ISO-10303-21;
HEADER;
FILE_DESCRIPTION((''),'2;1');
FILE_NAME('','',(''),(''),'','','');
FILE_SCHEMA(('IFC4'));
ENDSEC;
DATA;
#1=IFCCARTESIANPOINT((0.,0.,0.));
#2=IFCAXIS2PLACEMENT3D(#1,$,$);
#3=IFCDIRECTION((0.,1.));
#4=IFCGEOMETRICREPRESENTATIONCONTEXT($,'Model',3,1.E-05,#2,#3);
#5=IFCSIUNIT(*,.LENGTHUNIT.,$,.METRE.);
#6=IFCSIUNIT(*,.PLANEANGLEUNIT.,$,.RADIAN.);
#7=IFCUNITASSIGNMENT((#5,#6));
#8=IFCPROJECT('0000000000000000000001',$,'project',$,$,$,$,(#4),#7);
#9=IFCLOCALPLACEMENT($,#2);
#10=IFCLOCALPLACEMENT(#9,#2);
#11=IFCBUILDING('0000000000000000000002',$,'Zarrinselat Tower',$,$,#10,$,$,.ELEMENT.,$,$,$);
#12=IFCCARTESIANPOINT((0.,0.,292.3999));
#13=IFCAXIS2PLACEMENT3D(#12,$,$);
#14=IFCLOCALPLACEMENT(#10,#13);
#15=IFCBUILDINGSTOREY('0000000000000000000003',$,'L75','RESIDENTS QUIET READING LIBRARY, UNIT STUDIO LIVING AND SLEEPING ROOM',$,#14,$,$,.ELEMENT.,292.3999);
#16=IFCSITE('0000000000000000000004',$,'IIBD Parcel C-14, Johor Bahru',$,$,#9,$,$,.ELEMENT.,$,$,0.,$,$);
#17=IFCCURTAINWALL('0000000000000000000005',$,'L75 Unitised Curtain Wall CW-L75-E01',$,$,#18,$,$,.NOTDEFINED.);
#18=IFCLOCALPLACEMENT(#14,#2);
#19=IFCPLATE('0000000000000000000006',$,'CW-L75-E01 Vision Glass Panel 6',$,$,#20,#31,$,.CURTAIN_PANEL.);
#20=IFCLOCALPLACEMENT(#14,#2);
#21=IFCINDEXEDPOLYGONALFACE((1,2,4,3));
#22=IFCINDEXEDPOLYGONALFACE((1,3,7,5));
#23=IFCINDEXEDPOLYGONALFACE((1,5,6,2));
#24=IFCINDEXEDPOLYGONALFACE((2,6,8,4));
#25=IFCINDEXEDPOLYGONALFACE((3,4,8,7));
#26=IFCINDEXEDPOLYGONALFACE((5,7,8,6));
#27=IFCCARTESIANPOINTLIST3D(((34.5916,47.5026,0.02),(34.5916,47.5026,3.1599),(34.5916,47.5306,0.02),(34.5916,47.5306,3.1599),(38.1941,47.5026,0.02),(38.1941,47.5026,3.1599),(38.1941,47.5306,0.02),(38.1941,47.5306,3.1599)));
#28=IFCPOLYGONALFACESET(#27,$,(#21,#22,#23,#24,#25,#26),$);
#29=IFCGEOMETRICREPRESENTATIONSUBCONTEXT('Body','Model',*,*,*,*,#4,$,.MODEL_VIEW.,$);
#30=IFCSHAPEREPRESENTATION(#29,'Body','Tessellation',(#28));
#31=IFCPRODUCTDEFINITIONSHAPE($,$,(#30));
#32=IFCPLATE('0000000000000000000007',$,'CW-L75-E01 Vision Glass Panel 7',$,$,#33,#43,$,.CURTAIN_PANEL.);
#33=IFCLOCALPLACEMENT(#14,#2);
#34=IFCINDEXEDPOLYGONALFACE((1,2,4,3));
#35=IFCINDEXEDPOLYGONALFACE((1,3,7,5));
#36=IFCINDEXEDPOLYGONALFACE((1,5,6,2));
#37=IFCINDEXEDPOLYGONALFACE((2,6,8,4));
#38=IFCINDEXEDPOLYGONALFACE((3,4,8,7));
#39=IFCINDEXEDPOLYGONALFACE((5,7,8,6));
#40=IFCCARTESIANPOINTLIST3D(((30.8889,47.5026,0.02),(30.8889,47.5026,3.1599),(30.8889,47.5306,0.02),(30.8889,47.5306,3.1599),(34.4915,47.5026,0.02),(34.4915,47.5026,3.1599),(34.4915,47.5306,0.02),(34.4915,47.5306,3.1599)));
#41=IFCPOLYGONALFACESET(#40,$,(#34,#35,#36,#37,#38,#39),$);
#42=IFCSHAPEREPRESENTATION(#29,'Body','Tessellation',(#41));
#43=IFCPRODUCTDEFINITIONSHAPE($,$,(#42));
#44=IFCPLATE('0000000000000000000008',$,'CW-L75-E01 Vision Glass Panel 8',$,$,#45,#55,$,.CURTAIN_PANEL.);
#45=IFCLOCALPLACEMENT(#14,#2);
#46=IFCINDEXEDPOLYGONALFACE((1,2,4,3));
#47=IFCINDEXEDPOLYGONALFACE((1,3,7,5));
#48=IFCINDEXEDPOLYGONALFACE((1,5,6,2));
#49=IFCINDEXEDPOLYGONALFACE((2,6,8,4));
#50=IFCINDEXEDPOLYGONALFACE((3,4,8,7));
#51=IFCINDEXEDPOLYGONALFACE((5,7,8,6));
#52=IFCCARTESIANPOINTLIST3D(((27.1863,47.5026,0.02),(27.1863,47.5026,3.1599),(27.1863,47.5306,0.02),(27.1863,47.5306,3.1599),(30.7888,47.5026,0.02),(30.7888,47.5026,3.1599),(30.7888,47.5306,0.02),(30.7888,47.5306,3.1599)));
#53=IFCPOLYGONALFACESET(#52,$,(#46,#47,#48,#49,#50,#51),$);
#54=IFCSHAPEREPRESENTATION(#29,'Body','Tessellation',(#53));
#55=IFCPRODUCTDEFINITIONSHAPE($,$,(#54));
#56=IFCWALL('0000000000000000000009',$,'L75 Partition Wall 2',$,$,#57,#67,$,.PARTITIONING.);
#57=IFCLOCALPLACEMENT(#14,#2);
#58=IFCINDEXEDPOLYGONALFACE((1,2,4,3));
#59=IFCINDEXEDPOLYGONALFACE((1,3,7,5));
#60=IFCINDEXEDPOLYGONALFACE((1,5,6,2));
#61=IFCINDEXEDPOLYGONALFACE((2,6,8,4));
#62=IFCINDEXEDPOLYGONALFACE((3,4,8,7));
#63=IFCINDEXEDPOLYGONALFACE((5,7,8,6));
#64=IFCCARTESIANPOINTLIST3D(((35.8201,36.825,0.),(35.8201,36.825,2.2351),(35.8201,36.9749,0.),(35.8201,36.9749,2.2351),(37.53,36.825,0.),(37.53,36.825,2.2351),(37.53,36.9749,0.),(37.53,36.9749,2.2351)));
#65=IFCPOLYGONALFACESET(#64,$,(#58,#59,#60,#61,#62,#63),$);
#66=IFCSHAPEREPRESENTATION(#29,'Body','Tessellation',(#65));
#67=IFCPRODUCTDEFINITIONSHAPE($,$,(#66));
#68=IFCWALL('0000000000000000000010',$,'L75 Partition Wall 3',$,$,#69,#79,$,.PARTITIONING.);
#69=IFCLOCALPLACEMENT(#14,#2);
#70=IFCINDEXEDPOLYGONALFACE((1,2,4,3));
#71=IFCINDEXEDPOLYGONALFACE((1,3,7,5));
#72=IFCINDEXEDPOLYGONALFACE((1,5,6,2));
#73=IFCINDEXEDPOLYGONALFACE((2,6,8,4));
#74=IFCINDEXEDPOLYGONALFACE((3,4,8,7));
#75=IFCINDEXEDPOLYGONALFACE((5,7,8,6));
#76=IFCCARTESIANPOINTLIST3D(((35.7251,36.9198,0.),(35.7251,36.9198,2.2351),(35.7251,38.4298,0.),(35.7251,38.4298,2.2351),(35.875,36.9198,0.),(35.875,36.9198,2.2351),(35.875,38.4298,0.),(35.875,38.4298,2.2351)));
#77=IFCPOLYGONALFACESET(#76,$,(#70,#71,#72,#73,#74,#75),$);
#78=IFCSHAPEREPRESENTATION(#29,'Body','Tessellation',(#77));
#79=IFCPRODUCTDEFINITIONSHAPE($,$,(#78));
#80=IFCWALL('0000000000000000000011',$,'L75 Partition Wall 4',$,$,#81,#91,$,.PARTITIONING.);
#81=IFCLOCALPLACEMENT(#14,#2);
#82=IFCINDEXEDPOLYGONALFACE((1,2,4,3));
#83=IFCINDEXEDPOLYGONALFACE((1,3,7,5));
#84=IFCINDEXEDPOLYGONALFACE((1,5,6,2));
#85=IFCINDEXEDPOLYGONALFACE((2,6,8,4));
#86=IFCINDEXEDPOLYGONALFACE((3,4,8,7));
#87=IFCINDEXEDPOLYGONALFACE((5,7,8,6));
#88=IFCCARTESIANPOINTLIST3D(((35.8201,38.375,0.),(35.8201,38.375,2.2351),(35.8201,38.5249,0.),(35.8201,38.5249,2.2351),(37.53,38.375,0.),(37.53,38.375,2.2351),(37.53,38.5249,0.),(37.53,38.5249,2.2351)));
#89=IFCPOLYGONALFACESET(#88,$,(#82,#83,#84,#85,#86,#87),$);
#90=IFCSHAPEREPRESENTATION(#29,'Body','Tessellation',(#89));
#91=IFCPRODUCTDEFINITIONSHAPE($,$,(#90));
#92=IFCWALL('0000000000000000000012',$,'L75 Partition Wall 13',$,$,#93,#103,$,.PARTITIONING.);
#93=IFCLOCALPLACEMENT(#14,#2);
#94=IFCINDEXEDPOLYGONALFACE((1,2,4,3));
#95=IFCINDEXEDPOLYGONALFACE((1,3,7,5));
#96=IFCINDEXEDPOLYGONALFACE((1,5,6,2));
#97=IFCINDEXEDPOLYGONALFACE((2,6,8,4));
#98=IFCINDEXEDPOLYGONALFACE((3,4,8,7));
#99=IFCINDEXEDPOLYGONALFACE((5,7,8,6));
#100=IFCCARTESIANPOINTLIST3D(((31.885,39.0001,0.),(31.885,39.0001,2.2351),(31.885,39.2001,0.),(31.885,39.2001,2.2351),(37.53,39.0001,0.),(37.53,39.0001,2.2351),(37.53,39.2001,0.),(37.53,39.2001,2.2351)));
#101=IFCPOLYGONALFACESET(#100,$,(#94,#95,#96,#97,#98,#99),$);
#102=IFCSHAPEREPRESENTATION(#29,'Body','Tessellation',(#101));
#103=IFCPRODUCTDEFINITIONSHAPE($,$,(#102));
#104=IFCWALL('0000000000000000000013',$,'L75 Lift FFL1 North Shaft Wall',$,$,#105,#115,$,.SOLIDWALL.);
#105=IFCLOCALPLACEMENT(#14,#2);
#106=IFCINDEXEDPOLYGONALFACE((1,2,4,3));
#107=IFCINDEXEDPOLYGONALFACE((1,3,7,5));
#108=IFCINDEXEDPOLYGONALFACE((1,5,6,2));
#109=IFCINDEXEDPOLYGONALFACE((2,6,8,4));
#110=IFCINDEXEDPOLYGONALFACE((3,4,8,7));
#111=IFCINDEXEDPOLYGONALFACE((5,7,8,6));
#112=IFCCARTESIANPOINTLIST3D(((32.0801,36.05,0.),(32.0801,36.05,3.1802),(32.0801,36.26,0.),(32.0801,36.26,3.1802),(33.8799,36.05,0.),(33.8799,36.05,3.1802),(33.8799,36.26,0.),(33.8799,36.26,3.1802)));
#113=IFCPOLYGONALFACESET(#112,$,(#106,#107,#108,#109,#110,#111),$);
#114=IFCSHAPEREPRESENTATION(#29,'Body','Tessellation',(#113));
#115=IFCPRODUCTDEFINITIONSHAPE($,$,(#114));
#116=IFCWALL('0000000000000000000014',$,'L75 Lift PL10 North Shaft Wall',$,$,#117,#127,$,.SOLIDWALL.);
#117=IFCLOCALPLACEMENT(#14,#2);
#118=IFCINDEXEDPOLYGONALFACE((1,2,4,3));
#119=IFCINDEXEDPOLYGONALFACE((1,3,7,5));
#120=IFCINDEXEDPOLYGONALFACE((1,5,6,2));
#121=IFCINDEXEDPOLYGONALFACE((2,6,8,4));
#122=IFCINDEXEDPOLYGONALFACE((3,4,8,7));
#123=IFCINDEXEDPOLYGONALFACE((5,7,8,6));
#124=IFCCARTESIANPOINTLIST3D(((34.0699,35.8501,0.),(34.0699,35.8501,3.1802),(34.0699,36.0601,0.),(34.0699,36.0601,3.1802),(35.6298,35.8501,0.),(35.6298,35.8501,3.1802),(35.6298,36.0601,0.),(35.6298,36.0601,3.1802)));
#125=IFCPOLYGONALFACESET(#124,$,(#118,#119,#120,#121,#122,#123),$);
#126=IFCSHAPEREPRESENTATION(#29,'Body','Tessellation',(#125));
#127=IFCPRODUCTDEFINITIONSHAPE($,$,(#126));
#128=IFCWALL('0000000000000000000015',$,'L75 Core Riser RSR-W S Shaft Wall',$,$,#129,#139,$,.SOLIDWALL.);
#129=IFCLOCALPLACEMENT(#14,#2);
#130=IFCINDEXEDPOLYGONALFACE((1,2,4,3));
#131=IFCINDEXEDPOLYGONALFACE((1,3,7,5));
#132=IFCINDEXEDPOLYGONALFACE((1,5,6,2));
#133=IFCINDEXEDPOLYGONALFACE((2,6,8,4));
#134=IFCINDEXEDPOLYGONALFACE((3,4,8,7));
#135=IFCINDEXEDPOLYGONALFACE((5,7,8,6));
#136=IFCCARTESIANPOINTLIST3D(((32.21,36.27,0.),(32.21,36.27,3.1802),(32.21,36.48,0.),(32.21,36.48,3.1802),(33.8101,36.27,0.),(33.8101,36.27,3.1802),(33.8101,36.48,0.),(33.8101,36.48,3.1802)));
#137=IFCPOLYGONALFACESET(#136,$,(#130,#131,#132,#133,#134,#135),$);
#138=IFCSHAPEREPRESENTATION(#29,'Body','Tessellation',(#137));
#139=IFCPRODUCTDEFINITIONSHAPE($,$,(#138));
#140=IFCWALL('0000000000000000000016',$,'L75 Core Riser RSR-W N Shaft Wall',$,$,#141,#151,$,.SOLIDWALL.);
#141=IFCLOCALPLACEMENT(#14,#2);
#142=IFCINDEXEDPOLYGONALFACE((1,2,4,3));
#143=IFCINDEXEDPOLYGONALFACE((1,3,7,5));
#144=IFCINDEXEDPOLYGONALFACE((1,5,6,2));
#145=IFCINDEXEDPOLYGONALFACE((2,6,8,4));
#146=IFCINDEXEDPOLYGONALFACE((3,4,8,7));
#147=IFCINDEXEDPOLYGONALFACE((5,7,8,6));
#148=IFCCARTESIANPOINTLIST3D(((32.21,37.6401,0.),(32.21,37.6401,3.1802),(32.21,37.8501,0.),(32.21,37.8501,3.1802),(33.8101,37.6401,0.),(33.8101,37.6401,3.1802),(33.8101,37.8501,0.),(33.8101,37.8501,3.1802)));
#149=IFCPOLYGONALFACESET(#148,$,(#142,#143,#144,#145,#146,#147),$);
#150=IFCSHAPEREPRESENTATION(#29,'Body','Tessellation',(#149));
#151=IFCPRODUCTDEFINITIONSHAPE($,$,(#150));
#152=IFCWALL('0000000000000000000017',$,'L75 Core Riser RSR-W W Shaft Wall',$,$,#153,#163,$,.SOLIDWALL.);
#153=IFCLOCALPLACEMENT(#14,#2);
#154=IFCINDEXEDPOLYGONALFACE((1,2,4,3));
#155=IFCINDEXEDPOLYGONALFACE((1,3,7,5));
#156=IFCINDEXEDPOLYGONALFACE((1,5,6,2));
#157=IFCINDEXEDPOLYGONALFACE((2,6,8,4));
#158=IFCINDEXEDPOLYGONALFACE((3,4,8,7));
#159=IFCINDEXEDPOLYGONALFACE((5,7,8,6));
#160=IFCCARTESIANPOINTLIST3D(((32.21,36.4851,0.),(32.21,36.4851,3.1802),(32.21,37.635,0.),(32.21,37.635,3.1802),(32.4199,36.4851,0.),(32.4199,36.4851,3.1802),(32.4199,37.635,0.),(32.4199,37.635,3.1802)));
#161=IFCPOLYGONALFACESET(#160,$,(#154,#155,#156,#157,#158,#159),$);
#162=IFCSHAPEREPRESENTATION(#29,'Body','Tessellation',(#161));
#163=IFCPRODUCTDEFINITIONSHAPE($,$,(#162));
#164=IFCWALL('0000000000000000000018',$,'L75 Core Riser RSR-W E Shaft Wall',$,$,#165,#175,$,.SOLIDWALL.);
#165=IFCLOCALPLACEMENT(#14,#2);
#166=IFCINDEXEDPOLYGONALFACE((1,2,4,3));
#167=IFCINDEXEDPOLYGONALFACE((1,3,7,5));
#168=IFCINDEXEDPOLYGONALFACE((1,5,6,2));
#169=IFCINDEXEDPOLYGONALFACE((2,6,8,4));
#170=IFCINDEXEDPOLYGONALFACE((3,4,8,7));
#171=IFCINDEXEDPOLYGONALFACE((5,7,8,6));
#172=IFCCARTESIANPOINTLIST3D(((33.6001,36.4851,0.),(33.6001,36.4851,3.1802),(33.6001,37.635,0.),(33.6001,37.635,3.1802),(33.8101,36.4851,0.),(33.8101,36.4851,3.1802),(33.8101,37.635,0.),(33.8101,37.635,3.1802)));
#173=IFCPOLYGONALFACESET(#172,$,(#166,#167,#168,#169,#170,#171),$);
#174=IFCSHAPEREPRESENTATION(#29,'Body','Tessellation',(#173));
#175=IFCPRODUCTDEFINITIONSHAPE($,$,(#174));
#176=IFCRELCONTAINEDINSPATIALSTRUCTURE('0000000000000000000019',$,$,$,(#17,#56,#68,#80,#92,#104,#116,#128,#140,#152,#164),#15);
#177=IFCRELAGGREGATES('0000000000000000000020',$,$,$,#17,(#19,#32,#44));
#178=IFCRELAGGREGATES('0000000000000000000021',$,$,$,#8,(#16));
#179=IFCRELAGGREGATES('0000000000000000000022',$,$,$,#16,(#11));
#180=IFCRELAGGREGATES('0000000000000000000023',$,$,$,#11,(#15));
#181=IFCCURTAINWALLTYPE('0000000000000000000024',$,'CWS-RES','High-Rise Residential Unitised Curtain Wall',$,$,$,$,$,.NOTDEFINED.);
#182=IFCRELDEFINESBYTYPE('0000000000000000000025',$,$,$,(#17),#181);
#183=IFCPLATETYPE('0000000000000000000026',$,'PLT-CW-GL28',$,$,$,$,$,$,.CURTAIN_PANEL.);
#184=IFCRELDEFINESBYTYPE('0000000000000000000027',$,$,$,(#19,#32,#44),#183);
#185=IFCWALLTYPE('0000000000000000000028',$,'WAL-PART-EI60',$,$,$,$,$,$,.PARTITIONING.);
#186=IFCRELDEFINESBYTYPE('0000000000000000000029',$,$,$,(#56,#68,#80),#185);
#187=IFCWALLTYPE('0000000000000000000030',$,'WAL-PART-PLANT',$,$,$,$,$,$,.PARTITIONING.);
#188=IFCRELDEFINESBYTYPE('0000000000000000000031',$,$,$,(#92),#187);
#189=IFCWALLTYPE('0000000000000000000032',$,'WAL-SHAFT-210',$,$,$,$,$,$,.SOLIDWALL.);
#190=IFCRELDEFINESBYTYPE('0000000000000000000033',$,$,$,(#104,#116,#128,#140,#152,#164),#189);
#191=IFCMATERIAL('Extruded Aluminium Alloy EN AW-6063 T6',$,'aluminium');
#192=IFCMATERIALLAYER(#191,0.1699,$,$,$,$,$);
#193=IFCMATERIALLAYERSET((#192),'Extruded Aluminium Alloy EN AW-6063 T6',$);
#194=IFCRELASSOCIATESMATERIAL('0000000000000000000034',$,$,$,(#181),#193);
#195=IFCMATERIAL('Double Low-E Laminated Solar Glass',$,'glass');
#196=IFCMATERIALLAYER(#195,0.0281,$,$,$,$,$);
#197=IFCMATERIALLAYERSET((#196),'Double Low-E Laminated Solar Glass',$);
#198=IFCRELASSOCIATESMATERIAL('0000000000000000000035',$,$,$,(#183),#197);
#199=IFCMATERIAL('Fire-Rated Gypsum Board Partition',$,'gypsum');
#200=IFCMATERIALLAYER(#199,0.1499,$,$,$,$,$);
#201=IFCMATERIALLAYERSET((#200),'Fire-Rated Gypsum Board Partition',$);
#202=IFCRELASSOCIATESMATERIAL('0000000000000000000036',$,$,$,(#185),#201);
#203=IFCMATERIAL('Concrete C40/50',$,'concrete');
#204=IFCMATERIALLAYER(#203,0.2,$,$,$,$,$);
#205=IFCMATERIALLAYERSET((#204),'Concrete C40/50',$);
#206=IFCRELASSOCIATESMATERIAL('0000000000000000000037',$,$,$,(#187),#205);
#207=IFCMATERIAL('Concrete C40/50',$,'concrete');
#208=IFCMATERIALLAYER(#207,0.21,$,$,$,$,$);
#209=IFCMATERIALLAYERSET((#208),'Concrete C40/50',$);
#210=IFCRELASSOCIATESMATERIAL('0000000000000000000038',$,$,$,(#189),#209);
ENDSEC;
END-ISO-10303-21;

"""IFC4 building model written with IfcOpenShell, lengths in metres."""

from ifc_helpers import new_model, si_unit, direction, frame, frame_2d, origin, origin_2d, place, context, subcontext, project, spatial, rectangle, extrude, material, layer, layer_set, type_object, element, aggregate, save


model = new_model("IFC4")

# Units and contexts
model_context = context("Model", 3, precision=1e-05, world=origin(), true_north=direction((0.0, 1.0)))
body_context = subcontext(model_context, "Body", "Model", "MODEL_VIEW")
ifc_project = project(units=[si_unit("LENGTHUNIT", "METRE"), si_unit("PLANEANGLEUNIT", "RADIAN")], contexts=[model_context])

# Site, building, storey
site_placement = place(None, origin())
site = spatial("IfcSite", under=ifc_project, at=site_placement, Name="IIBD Parcel C-14, Johor Bahru", CompositionType="ELEMENT", RefElevation=0.0)
building_placement = place(site_placement, origin())
building = spatial("IfcBuilding", under=site, at=building_placement, Name="Zarrinselat Tower", CompositionType="ELEMENT")
storey_placement = place(building_placement, frame((0.0, 0.0, 292.3999)))
storey = spatial("IfcBuildingStorey", under=building, at=storey_placement, Name="L75", Description="RESIDENTS QUIET READING LIBRARY, UNIT STUDIO LIVING AND SLEEPING ROOM", CompositionType="ELEMENT", Elevation=292.3999)

# Curtain wall, plates
ifc_material_1 = material(Name="Extruded Aluminium Alloy EN AW-6063 T6", Category="aluminium")
ifc_layer_1 = layer(ifc_material_1, 0.1699)
ifc_layer_set_1 = layer_set([ifc_layer_1], Name="Extruded Aluminium Alloy EN AW-6063 T6")
curtain_wall_type = type_object("IfcCurtainWallType", Name="CWS-RES", Description="High-Rise Residential Unitised Curtain Wall", PredefinedType="NOTDEFINED", material=ifc_layer_set_1)
curtain_wall_placement = place(storey_placement, origin())
curtain_wall = element("IfcCurtainWall", 1, at=curtain_wall_placement, inside=storey, type_object=curtain_wall_type, Name="L75 Unitised Curtain Wall CW-L75-E01", PredefinedType="NOTDEFINED")
ifc_material_2 = material(Name="Double Low-E Laminated Solar Glass", Category="glass")
ifc_layer_2 = layer(ifc_material_2, 0.0281)
ifc_layer_set_2 = layer_set([ifc_layer_2], Name="Double Low-E Laminated Solar Glass")
plate_type = type_object("IfcPlateType", Name="PLT-CW-GL28", PredefinedType="CURTAIN_PANEL", material=ifc_layer_set_2)
plate_1_placement = place(storey_placement, frame((36.3928, 47.5166, 0.02), z_axis=(0.0, 0.0, 1.0), x_axis=(-1.0, 0.0, 0.0)))
plate_1 = element("IfcPlate", 2, at=plate_1_placement, type_object=plate_type, Name="CW-L75-E01 Vision Glass Panel 6", PredefinedType="CURTAIN_PANEL", context=body_context, shape_type="SweptSolid", body=[
    extrude(rectangle(XDim=3.6025, YDim=0.0281, at=origin_2d()), origin(), (0.0, 0.0, 1.0), 3.1399),
])
plate_2_placement = place(storey_placement, frame((32.6902, 47.5166, 0.02), z_axis=(0.0, 0.0, 1.0), x_axis=(-1.0, 0.0, 0.0)))
plate_2 = element("IfcPlate", 3, at=plate_2_placement, type_object=plate_type, Name="CW-L75-E01 Vision Glass Panel 7", PredefinedType="CURTAIN_PANEL", context=body_context, shape_type="SweptSolid", body=[
    extrude(rectangle(XDim=3.6025, YDim=0.0281, at=origin_2d()), origin(), (0.0, 0.0, 1.0), 3.1399),
])
plate_3_placement = place(storey_placement, frame((28.9875, 47.5166, 0.02), z_axis=(0.0, 0.0, 1.0), x_axis=(-1.0, 0.0, 0.0)))
plate_3 = element("IfcPlate", 4, at=plate_3_placement, type_object=plate_type, Name="CW-L75-E01 Vision Glass Panel 8", PredefinedType="CURTAIN_PANEL", context=body_context, shape_type="SweptSolid", body=[
    extrude(rectangle(XDim=3.6025, YDim=0.0281, at=origin_2d()), origin(), (0.0, 0.0, 1.0), 3.1399),
])
aggregate(curtain_wall, [plate_1, plate_2, plate_3])

# Walls
ifc_material_3 = material(Name="Fire-Rated Gypsum Board Partition", Category="gypsum")
ifc_layer_3 = layer(ifc_material_3, 0.1499)
ifc_layer_set_3 = layer_set([ifc_layer_3], Name="Fire-Rated Gypsum Board Partition")
wall_type_1 = type_object("IfcWallType", Name="WAL-PART-EI60", PredefinedType="PARTITIONING", material=ifc_layer_set_3)
wall_1_placement = place(storey_placement, frame((35.8201, 36.8999, 0.0), z_axis=(0.0, 0.0, 1.0), x_axis=(1.0, 0.0, 0.0)))
element("IfcWall", 5, at=wall_1_placement, inside=storey, type_object=wall_type_1, Name="L75 Partition Wall 2", PredefinedType="PARTITIONING", context=body_context, shape_type="SweptSolid", body=[
    extrude(rectangle(XDim=1.71, YDim=0.1499, at=frame_2d((0.855, 0.0))), origin(), (0.0, 0.0, 1.0), 2.2351),
])
wall_2_placement = place(storey_placement, frame((35.8, 36.9199, 0.0), z_axis=(0.0, 0.0, 1.0), x_axis=(0.0, 1.0, 0.0)))
element("IfcWall", 6, at=wall_2_placement, inside=storey, type_object=wall_type_1, Name="L75 Partition Wall 3", PredefinedType="PARTITIONING", context=body_context, shape_type="SweptSolid", body=[
    extrude(rectangle(XDim=1.51, YDim=0.1499, at=frame_2d((0.7549, 0.0))), origin(), (0.0, 0.0, 1.0), 2.2351),
])
wall_3_placement = place(storey_placement, frame((35.8201, 38.45, 0.0), z_axis=(0.0, 0.0, 1.0), x_axis=(1.0, 0.0, 0.0)))
element("IfcWall", 7, at=wall_3_placement, inside=storey, type_object=wall_type_1, Name="L75 Partition Wall 4", PredefinedType="PARTITIONING", context=body_context, shape_type="SweptSolid", body=[
    extrude(rectangle(XDim=1.71, YDim=0.1499, at=frame_2d((0.855, 0.0))), origin(), (0.0, 0.0, 1.0), 2.2351),
])
ifc_material_4 = material(Name="Concrete C40/50", Category="concrete")
ifc_layer_4 = layer(ifc_material_4, 0.2)
ifc_layer_set_4 = layer_set([ifc_layer_4], Name="Concrete C40/50")
wall_type_2 = type_object("IfcWallType", Name="WAL-PART-PLANT", PredefinedType="PARTITIONING", material=ifc_layer_set_4)
wall_4_placement = place(storey_placement, frame((31.885, 39.1001, 0.0), z_axis=(0.0, 0.0, 1.0), x_axis=(1.0, 0.0, 0.0)))
element("IfcWall", 8, at=wall_4_placement, inside=storey, type_object=wall_type_2, Name="L75 Partition Wall 13", PredefinedType="PARTITIONING", context=body_context, shape_type="SweptSolid", body=[
    extrude(rectangle(XDim=5.645, YDim=0.2, at=frame_2d((2.8225, 0.0))), origin(), (0.0, 0.0, 1.0), 2.2351),
])
ifc_material_5 = material(Name="Concrete C40/50", Category="concrete")
ifc_layer_5 = layer(ifc_material_5, 0.21)
ifc_layer_set_5 = layer_set([ifc_layer_5], Name="Concrete C40/50")
wall_type_3 = type_object("IfcWallType", Name="WAL-SHAFT-210", PredefinedType="SOLIDWALL", material=ifc_layer_set_5)
wall_5_placement = place(storey_placement, frame((32.0801, 36.155, 0.0), z_axis=(0.0, 0.0, 1.0), x_axis=(1.0, 0.0, 0.0)))
element("IfcWall", 9, at=wall_5_placement, inside=storey, type_object=wall_type_3, Name="L75 Lift FFL1 North Shaft Wall", PredefinedType="SOLIDWALL", context=body_context, shape_type="SweptSolid", body=[
    extrude(rectangle(XDim=1.7998, YDim=0.21, at=frame_2d((0.8999, 0.0))), origin(), (0.0, 0.0, 1.0), 3.1802),
])
wall_6_placement = place(storey_placement, frame((34.0701, 35.9551, 0.0), z_axis=(0.0, 0.0, 1.0), x_axis=(1.0, 0.0, 0.0)))
element("IfcWall", 10, at=wall_6_placement, inside=storey, type_object=wall_type_3, Name="L75 Lift PL10 North Shaft Wall", PredefinedType="SOLIDWALL", context=body_context, shape_type="SweptSolid", body=[
    extrude(rectangle(XDim=1.5598, YDim=0.21, at=frame_2d((0.7798, 0.0))), origin(), (0.0, 0.0, 1.0), 3.1802),
])
for number, where, z_axis, x_axis, name in (
    (11, (32.21, 36.375, 0.0), (0.0, 0.0, 1.0), (1.0, 0.0, 0.0), "L75 Core Riser RSR-W S Shaft Wall"),
    (12, (32.21, 37.7451, 0.0), (0.0, 0.0, 1.0), (1.0, 0.0, 0.0), "L75 Core Riser RSR-W N Shaft Wall"),
):
    element("IfcWall", number, at=place(storey_placement, frame(where, z_axis=z_axis, x_axis=x_axis)), inside=storey, type_object=wall_type_3, Name=name, PredefinedType="SOLIDWALL", context=body_context, shape_type="SweptSolid", body=[
        extrude(rectangle(XDim=1.6001, YDim=0.21, at=frame_2d((0.8, 0.0))), origin(), (0.0, 0.0, 1.0), 3.1802),
    ])
for number, where, z_axis, x_axis, name in (
    (13, (32.3149, 36.4851, 0.0), (0.0, 0.0, 1.0), (0.0, 1.0, 0.0), "L75 Core Riser RSR-W W Shaft Wall"),
    (14, (33.7051, 36.4851, 0.0), (0.0, 0.0, 1.0), (0.0, 1.0, 0.0), "L75 Core Riser RSR-W E Shaft Wall"),
):
    element("IfcWall", number, at=place(storey_placement, frame(where, z_axis=z_axis, x_axis=x_axis)), inside=storey, type_object=wall_type_3, Name=name, PredefinedType="SOLIDWALL", context=body_context, shape_type="SweptSolid", body=[
        extrude(rectangle(XDim=1.1499, YDim=0.21, at=frame_2d((0.575, 0.0))), origin(), (0.0, 0.0, 1.0), 3.1802),
    ])

save(model, "model.ifc")
